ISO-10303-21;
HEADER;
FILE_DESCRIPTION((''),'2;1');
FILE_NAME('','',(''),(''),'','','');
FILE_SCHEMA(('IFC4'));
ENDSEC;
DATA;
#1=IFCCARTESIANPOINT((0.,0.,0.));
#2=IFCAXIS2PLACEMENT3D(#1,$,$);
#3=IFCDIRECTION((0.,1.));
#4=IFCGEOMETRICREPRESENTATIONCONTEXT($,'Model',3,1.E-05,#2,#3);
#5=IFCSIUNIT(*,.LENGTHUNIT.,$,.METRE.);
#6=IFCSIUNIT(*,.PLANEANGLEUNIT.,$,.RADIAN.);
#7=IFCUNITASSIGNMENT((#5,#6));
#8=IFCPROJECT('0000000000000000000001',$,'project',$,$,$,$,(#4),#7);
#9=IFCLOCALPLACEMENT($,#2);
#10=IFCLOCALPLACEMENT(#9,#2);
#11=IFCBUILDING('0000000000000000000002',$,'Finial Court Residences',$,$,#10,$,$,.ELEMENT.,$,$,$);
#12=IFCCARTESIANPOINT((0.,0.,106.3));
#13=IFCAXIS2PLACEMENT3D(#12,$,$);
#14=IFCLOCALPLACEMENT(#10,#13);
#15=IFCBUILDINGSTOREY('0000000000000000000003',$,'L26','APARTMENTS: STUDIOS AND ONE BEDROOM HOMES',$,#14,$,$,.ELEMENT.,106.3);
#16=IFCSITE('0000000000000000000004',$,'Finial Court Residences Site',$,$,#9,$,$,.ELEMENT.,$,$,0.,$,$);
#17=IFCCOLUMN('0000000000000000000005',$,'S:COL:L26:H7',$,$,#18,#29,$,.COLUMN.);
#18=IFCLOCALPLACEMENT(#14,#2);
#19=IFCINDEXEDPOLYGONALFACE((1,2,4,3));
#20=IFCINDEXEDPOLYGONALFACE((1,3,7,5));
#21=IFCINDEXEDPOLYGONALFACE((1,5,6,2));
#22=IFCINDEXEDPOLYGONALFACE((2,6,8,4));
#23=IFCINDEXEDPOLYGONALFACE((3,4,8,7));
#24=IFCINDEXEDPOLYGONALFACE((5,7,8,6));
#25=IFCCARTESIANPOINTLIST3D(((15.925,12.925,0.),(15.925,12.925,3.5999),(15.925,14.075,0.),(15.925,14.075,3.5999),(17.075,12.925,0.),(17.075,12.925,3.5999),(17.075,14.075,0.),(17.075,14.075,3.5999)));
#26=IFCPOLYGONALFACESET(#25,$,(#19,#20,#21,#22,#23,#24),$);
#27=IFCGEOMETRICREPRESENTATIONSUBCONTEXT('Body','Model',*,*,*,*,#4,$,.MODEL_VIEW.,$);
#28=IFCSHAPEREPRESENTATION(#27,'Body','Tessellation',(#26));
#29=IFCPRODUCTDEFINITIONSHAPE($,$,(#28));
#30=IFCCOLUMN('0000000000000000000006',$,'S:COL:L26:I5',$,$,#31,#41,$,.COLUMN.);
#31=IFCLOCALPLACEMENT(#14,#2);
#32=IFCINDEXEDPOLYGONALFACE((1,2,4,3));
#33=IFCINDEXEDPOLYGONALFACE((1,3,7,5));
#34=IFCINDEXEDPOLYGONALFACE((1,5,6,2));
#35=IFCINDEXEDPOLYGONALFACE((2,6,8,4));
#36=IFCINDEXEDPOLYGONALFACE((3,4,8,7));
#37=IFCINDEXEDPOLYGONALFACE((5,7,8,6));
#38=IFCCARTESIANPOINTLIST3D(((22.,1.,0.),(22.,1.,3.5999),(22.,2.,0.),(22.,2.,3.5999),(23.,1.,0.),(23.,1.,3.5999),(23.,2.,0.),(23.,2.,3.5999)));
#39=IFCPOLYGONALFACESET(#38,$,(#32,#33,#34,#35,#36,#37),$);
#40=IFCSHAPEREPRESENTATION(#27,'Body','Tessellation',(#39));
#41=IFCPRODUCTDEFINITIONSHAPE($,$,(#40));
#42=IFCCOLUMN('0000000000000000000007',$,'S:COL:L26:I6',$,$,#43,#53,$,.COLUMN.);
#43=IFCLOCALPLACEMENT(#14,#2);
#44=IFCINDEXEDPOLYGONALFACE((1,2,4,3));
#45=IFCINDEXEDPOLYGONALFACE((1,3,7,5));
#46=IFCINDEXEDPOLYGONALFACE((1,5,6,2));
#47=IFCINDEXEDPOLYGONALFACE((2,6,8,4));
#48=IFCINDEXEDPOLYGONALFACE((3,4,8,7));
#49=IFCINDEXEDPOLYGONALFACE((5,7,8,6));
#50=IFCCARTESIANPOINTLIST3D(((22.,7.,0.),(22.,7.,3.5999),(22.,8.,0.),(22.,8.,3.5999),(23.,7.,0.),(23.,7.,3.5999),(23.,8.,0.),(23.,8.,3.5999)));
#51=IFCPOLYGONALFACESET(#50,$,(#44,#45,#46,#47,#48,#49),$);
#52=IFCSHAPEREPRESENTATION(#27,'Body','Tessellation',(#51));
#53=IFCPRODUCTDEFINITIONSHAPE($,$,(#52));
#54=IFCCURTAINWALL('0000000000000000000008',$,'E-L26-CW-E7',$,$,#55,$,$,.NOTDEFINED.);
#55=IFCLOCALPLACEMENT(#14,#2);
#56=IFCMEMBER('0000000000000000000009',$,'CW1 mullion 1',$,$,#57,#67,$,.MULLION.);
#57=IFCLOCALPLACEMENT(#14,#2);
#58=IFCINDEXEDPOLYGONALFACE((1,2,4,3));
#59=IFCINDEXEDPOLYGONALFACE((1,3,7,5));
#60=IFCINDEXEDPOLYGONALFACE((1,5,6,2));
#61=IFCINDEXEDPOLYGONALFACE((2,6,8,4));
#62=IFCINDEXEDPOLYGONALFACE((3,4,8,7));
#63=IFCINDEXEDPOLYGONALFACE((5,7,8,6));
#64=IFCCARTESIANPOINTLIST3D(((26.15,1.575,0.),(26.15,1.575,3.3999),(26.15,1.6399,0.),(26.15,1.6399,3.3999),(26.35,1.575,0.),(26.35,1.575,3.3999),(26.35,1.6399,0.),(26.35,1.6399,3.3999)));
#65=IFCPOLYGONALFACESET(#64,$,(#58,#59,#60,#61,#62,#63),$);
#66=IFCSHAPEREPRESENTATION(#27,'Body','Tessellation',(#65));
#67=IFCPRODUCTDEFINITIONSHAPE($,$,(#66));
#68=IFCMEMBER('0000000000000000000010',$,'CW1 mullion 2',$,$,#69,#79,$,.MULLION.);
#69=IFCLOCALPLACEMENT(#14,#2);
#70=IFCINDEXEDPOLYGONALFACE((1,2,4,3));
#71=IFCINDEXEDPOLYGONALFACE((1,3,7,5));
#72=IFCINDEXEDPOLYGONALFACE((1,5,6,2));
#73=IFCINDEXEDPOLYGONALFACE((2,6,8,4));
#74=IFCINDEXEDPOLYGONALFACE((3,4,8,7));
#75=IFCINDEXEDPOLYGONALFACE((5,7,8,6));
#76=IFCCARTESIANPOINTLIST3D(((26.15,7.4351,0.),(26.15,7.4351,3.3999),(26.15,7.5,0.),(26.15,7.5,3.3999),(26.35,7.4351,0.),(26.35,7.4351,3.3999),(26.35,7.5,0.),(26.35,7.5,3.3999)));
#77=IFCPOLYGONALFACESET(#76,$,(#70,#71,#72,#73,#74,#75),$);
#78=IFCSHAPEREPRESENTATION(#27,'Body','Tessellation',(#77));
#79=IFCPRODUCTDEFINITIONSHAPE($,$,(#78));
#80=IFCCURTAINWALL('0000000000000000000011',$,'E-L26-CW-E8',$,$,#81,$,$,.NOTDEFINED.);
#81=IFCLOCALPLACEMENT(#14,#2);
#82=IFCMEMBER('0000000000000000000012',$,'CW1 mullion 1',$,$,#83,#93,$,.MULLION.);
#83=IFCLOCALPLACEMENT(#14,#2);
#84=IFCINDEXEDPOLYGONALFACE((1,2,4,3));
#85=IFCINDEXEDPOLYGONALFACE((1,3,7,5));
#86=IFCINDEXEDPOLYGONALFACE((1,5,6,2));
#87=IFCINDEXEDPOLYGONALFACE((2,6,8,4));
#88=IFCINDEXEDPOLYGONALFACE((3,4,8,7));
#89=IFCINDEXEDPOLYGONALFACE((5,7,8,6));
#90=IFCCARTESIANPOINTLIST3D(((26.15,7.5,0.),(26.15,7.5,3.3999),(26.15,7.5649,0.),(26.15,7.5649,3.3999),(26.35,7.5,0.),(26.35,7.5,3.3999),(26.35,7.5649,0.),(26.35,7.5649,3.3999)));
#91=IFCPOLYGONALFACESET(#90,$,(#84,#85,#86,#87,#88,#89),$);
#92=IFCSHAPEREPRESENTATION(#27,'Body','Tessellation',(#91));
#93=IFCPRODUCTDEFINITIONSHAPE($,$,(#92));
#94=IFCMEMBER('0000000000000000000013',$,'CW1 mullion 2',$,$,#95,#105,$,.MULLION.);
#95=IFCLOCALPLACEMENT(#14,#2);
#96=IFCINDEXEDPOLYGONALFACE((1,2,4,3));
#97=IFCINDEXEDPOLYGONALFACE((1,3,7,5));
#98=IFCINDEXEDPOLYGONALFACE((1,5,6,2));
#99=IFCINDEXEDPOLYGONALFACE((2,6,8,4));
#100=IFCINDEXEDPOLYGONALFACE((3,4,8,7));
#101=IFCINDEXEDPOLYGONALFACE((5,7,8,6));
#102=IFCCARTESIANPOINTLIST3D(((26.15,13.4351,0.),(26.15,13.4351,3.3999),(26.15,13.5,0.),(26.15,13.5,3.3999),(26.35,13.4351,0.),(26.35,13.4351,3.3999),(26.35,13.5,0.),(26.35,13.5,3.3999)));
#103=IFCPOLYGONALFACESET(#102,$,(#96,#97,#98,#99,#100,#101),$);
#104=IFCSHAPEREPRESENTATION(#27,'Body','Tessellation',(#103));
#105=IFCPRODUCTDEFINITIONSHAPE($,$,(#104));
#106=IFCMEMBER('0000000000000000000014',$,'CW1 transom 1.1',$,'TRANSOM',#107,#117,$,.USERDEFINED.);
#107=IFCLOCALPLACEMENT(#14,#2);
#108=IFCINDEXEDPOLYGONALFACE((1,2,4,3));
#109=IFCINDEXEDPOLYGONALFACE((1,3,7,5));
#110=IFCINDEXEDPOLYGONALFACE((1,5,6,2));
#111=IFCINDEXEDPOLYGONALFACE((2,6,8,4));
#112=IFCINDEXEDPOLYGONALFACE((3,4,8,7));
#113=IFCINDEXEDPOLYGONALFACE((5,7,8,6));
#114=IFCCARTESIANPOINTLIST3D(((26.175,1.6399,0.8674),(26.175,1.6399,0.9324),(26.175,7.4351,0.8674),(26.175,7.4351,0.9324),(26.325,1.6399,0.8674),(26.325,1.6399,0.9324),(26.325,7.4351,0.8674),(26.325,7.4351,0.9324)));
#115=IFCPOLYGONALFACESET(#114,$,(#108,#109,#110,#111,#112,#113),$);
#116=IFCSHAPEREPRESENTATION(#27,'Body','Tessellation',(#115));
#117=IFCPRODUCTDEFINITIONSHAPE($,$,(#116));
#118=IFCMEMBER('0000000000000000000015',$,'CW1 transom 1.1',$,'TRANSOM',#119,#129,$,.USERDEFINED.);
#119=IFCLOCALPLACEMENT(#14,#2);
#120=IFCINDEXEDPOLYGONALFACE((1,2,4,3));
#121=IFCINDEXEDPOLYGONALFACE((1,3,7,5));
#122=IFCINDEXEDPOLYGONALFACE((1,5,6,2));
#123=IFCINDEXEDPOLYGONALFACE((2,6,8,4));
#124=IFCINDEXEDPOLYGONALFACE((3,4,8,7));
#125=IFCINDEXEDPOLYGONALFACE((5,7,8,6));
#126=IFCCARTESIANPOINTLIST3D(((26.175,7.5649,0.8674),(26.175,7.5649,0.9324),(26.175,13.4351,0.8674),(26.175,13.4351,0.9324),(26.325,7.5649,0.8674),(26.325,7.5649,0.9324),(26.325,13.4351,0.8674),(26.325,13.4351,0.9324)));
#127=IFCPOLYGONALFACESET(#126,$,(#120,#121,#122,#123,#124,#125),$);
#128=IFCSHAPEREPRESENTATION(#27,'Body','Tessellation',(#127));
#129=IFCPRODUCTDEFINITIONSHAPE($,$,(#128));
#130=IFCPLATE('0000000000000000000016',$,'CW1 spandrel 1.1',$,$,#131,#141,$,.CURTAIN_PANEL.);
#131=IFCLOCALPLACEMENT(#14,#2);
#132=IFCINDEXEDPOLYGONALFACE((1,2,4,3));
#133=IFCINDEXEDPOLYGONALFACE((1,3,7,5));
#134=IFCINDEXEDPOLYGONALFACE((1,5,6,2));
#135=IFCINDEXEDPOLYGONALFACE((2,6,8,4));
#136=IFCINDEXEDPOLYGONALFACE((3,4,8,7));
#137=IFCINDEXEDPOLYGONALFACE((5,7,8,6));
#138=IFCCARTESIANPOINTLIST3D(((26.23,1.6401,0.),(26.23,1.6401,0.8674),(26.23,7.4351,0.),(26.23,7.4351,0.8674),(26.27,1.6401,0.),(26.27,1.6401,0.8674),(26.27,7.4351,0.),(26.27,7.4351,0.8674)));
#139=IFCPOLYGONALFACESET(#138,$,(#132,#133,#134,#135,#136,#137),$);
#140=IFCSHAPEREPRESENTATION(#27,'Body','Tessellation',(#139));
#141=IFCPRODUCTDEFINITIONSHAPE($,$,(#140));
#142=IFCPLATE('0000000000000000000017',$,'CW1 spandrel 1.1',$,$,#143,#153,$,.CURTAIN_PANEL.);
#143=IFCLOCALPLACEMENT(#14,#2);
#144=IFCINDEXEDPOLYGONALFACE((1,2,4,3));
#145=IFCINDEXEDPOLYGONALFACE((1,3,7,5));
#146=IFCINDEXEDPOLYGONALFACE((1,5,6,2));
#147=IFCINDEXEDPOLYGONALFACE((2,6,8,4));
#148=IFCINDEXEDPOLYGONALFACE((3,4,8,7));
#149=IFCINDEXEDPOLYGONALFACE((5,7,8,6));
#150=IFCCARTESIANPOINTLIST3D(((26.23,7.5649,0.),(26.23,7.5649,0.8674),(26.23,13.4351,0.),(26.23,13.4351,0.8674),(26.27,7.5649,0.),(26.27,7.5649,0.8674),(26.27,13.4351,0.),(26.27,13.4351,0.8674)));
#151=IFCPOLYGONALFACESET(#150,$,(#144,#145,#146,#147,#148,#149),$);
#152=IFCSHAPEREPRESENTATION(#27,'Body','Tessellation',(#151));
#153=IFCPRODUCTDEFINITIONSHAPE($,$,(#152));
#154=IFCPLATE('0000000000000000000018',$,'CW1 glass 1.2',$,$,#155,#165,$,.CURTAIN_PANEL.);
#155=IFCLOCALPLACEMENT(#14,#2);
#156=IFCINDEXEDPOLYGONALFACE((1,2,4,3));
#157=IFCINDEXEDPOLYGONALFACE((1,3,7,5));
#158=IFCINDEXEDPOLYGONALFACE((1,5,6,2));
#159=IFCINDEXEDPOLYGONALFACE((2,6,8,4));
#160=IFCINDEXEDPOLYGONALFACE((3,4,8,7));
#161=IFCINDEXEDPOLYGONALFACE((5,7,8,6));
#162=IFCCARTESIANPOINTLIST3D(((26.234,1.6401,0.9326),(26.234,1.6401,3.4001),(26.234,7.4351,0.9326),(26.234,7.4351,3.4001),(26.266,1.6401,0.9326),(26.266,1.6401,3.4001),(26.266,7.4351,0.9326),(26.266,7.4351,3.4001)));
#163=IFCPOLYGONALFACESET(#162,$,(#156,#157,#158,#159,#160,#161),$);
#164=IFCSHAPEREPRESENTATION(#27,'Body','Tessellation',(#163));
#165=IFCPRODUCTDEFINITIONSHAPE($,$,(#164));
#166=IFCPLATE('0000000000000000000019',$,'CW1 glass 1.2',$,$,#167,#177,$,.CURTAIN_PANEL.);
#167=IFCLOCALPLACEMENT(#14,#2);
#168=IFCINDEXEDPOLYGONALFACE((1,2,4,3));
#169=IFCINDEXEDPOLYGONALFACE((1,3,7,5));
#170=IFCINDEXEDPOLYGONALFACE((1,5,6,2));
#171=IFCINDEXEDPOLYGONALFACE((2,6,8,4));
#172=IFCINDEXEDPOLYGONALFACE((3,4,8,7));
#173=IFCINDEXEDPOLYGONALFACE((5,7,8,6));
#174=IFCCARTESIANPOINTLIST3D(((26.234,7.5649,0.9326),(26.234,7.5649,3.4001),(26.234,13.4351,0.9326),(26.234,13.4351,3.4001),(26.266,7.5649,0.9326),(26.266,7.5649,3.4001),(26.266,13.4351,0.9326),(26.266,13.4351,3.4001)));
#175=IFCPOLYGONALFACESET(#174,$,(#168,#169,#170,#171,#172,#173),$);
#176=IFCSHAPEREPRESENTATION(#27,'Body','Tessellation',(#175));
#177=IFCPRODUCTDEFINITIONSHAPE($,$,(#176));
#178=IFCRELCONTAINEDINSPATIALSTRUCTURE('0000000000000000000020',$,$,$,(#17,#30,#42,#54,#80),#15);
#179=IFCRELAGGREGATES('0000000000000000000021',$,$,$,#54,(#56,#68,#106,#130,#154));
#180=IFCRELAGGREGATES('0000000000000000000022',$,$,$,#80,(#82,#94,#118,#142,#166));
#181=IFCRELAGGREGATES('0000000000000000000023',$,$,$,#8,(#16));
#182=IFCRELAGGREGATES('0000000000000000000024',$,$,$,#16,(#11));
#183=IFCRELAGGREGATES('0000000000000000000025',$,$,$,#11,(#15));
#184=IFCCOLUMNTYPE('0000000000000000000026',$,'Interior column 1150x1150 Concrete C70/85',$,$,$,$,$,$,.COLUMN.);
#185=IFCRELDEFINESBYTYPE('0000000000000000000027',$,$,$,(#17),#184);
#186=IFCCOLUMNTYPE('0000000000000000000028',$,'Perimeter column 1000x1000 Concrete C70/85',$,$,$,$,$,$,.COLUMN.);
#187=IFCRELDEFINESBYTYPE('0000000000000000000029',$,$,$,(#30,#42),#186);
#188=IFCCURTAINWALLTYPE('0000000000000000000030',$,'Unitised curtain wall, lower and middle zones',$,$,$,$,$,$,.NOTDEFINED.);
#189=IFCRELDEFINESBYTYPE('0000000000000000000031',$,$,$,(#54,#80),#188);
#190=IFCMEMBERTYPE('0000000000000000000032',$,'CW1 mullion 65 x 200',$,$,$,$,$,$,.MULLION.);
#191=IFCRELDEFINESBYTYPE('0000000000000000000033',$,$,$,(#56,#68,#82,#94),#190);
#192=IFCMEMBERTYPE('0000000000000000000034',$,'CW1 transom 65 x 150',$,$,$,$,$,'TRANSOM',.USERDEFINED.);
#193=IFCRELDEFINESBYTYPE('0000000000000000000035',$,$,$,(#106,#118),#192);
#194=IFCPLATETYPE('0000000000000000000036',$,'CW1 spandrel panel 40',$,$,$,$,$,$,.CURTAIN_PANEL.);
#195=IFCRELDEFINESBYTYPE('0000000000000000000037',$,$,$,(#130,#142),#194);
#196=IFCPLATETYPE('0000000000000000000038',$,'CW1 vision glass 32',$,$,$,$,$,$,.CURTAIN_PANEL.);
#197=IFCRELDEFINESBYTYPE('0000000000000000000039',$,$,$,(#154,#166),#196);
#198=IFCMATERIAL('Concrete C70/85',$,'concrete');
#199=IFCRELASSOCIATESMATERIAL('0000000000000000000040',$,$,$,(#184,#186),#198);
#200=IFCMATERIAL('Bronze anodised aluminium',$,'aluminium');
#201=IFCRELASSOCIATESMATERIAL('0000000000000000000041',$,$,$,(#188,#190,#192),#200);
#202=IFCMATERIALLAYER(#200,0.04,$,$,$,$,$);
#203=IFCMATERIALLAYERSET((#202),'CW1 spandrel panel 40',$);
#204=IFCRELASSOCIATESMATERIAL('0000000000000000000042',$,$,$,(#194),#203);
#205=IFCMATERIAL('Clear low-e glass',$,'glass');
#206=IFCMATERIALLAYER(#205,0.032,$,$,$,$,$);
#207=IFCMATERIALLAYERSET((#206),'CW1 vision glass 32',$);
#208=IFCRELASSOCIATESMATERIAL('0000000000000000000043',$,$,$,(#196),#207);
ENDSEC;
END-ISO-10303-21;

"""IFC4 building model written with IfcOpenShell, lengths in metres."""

from ifc_helpers import new_model, si_unit, direction, frame, origin, origin_2d, place, context, subcontext, project, spatial, rectangle, extrude, material, layer, layer_set, material_profile, profile_set, type_object, element, aggregate, save


model = new_model("IFC4")

# Units and contexts
model_context = context("Model", 3, precision=1e-05, world=origin(), true_north=direction((0.0, 1.0)))
body_context = subcontext(model_context, "Body", "Model", "MODEL_VIEW")
ifc_project = project(units=[si_unit("LENGTHUNIT", "METRE"), si_unit("PLANEANGLEUNIT", "RADIAN")], contexts=[model_context])

# Site, building, storey
site_placement = place(None, origin())
site = spatial("IfcSite", under=ifc_project, at=site_placement, Name="Finial Court Residences Site", CompositionType="ELEMENT", RefElevation=0.0)
building_placement = place(site_placement, origin())
building = spatial("IfcBuilding", under=site, at=building_placement, Name="Finial Court Residences", CompositionType="ELEMENT")
storey_placement = place(building_placement, frame((0.0, 0.0, 106.3)))
storey = spatial("IfcBuildingStorey", under=building, at=storey_placement, Name="L26", Description="APARTMENTS: STUDIOS AND ONE BEDROOM HOMES", CompositionType="ELEMENT", Elevation=106.3)

# Columns
ifc_material_1 = material(Name="Concrete C70/85", Category="concrete")
ifc_material_profile_1 = material_profile(ifc_material_1, rectangle(XDim=1.1499, YDim=1.1499, at=origin_2d()), Name="1150x1150")
ifc_profile_set_1 = profile_set([ifc_material_profile_1], Name="Concrete C70/85")
column_type_1 = type_object("IfcColumnType", Name="Interior column 1150x1150 Concrete C70/85", PredefinedType="COLUMN", material=ifc_profile_set_1)
column_placement = place(storey_placement, frame((16.5, 13.5, 0.0), z_axis=(0.0, 0.0, 1.0), x_axis=(1.0, 0.0, 0.0)))
element("IfcColumn", 1, at=column_placement, inside=storey, type_object=column_type_1, Name="S:COL:L26:H7", PredefinedType="COLUMN", context=body_context, shape_type="SweptSolid", body=[
    extrude(rectangle(XDim=1.1499, YDim=1.1499, at=origin_2d()), origin(), (0.0, 0.0, 1.0), 3.5999),
])
ifc_material_profile_2 = material_profile(ifc_material_1, rectangle(XDim=1.0, YDim=1.0, at=origin_2d()), Name="1000x1000")
ifc_profile_set_2 = profile_set([ifc_material_profile_2], Name="Concrete C70/85")
column_type_2 = type_object("IfcColumnType", Name="Perimeter column 1000x1000 Concrete C70/85", PredefinedType="COLUMN", material=ifc_profile_set_2)
for number, where, z_axis, x_axis, name in (
    (2, (22.5, 1.5, 0.0), (0.0, 0.0, 1.0), (1.0, 0.0, 0.0), "S:COL:L26:I5"),
    (3, (22.5, 7.5, 0.0), (0.0, 0.0, 1.0), (1.0, 0.0, 0.0), "S:COL:L26:I6"),
):
    element("IfcColumn", number, at=place(storey_placement, frame(where, z_axis=z_axis, x_axis=x_axis)), inside=storey, type_object=column_type_2, Name=name, PredefinedType="COLUMN", context=body_context, shape_type="SweptSolid", body=[
        extrude(rectangle(XDim=1.0, YDim=1.0, at=origin_2d()), origin(), (0.0, 0.0, 1.0), 3.5999),
    ])

# Curtain walls, members
ifc_material_2 = material(Name="Bronze anodised aluminium", Category="aluminium")
curtain_wall_type = type_object("IfcCurtainWallType", Name="Unitised curtain wall, lower and middle zones", PredefinedType="NOTDEFINED", material=ifc_material_2)
curtain_wall_1_placement = place(storey_placement, origin())
curtain_wall_1 = element("IfcCurtainWall", 4, at=curtain_wall_1_placement, inside=storey, type_object=curtain_wall_type, Name="E-L26-CW-E7", PredefinedType="NOTDEFINED")
ifc_material_profile_3 = material_profile(ifc_material_2, rectangle(XDim=0.2, YDim=0.0649, at=origin_2d()), Name="CW1 mullion 65 x 200")
ifc_profile_set_3 = profile_set([ifc_material_profile_3], Name="Bronze anodised aluminium")
member_type_1 = type_object("IfcMemberType", Name="CW1 mullion 65 x 200", PredefinedType="MULLION", material=ifc_profile_set_3)
member_1_placement = place(storey_placement, frame((26.25, 1.6074, 0.0), z_axis=(0.0, 0.0, 1.0), x_axis=(-1.0, 0.0, 0.0)))
member_1 = element("IfcMember", 5, at=member_1_placement, type_object=member_type_1, Name="CW1 mullion 1", PredefinedType="MULLION", context=body_context, shape_type="SweptSolid", body=[
    extrude(rectangle(XDim=0.2, YDim=0.0649, at=origin_2d()), origin(), (0.0, 0.0, 1.0), 3.3999),
])
member_2_placement = place(storey_placement, frame((26.25, 7.4675, 0.0), z_axis=(0.0, 0.0, 1.0), x_axis=(-1.0, 0.0, 0.0)))
member_2 = element("IfcMember", 6, at=member_2_placement, type_object=member_type_1, Name="CW1 mullion 2", PredefinedType="MULLION", context=body_context, shape_type="SweptSolid", body=[
    extrude(rectangle(XDim=0.2, YDim=0.0649, at=origin_2d()), origin(), (0.0, 0.0, 1.0), 3.3999),
])
curtain_wall_2_placement = place(storey_placement, origin())
curtain_wall_2 = element("IfcCurtainWall", 7, at=curtain_wall_2_placement, inside=storey, type_object=curtain_wall_type, Name="E-L26-CW-E8", PredefinedType="NOTDEFINED")
member_3_placement = place(storey_placement, frame((26.25, 7.5325, 0.0), z_axis=(0.0, 0.0, 1.0), x_axis=(-1.0, 0.0, 0.0)))
member_3 = element("IfcMember", 8, at=member_3_placement, type_object=member_type_1, Name="CW1 mullion 1", PredefinedType="MULLION", context=body_context, shape_type="SweptSolid", body=[
    extrude(rectangle(XDim=0.2, YDim=0.0649, at=origin_2d()), origin(), (0.0, 0.0, 1.0), 3.3999),
])
member_4_placement = place(storey_placement, frame((26.25, 13.4675, 0.0), z_axis=(0.0, 0.0, 1.0), x_axis=(-1.0, 0.0, 0.0)))
member_4 = element("IfcMember", 9, at=member_4_placement, type_object=member_type_1, Name="CW1 mullion 2", PredefinedType="MULLION", context=body_context, shape_type="SweptSolid", body=[
    extrude(rectangle(XDim=0.2, YDim=0.0649, at=origin_2d()), origin(), (0.0, 0.0, 1.0), 3.3999),
])

# Members
ifc_material_profile_4 = material_profile(ifc_material_2, rectangle(XDim=0.1499, YDim=0.0649, at=origin_2d()), Name="CW1 transom 65 x 150")
ifc_profile_set_4 = profile_set([ifc_material_profile_4], Name="Bronze anodised aluminium")
member_type_2 = type_object("IfcMemberType", Name="CW1 transom 65 x 150", ElementType="TRANSOM", PredefinedType="USERDEFINED", material=ifc_profile_set_4)
member_5_placement = place(storey_placement, frame((26.25, 1.6399, 0.8999), z_axis=(0.0, 1.0, 0.0), x_axis=(-1.0, 0.0, 0.0)))
member_5 = element("IfcMember", 10, at=member_5_placement, type_object=member_type_2, Name="CW1 transom 1.1", ObjectType="TRANSOM", PredefinedType="USERDEFINED", context=body_context, shape_type="SweptSolid", body=[
    extrude(rectangle(XDim=0.1499, YDim=0.0649, at=origin_2d()), origin(), (0.0, 0.0, 1.0), 5.7952),
])
member_6_placement = place(storey_placement, frame((26.25, 7.5649, 0.8999), z_axis=(0.0, 1.0, 0.0), x_axis=(-1.0, 0.0, 0.0)))
member_6 = element("IfcMember", 11, at=member_6_placement, type_object=member_type_2, Name="CW1 transom 1.1", ObjectType="TRANSOM", PredefinedType="USERDEFINED", context=body_context, shape_type="SweptSolid", body=[
    extrude(rectangle(XDim=0.1499, YDim=0.0649, at=origin_2d()), origin(), (0.0, 0.0, 1.0), 5.8701),
])

# Plates
ifc_layer_1 = layer(ifc_material_2, 0.04)
ifc_layer_set_1 = layer_set([ifc_layer_1], Name="CW1 spandrel panel 40")
plate_type_1 = type_object("IfcPlateType", Name="CW1 spandrel panel 40", PredefinedType="CURTAIN_PANEL", material=ifc_layer_set_1)
plate_1_placement = place(storey_placement, frame((26.25, 4.5376, 0.0), z_axis=(0.0, 0.0, 1.0), x_axis=(0.0, 1.0, 0.0)))
plate_1 = element("IfcPlate", 12, at=plate_1_placement, type_object=plate_type_1, Name="CW1 spandrel 1.1", PredefinedType="CURTAIN_PANEL", context=body_context, shape_type="SweptSolid", body=[
    extrude(rectangle(XDim=5.7949, YDim=0.04, at=origin_2d()), origin(), (0.0, 0.0, 1.0), 0.8674),
])
plate_2_placement = place(storey_placement, frame((26.25, 10.5, 0.0), z_axis=(0.0, 0.0, 1.0), x_axis=(0.0, 1.0, 0.0)))
plate_2 = element("IfcPlate", 13, at=plate_2_placement, type_object=plate_type_1, Name="CW1 spandrel 1.1", PredefinedType="CURTAIN_PANEL", context=body_context, shape_type="SweptSolid", body=[
    extrude(rectangle(XDim=5.8701, YDim=0.04, at=origin_2d()), origin(), (0.0, 0.0, 1.0), 0.8674),
])
ifc_material_3 = material(Name="Clear low-e glass", Category="glass")
ifc_layer_2 = layer(ifc_material_3, 0.032)
ifc_layer_set_2 = layer_set([ifc_layer_2], Name="CW1 vision glass 32")
plate_type_2 = type_object("IfcPlateType", Name="CW1 vision glass 32", PredefinedType="CURTAIN_PANEL", material=ifc_layer_set_2)
plate_3_placement = place(storey_placement, frame((26.25, 4.5376, 0.9326), z_axis=(0.0, 0.0, 1.0), x_axis=(0.0, 1.0, 0.0)))
plate_3 = element("IfcPlate", 14, at=plate_3_placement, type_object=plate_type_2, Name="CW1 glass 1.2", PredefinedType="CURTAIN_PANEL", context=body_context, shape_type="SweptSolid", body=[
    extrude(rectangle(XDim=5.7949, YDim=0.032, at=origin_2d()), origin(), (0.0, 0.0, 1.0), 2.4675),
])
aggregate(curtain_wall_1, [member_1, member_2, member_5, plate_1, plate_3])
plate_4_placement = place(storey_placement, frame((26.25, 10.5, 0.9326), z_axis=(0.0, 0.0, 1.0), x_axis=(0.0, 1.0, 0.0)))
plate_4 = element("IfcPlate", 15, at=plate_4_placement, type_object=plate_type_2, Name="CW1 glass 1.2", PredefinedType="CURTAIN_PANEL", context=body_context, shape_type="SweptSolid", body=[
    extrude(rectangle(XDim=5.8701, YDim=0.032, at=origin_2d()), origin(), (0.0, 0.0, 1.0), 2.4675),
])
aggregate(curtain_wall_2, [member_3, member_4, member_6, plate_2, plate_4])

save(model, "model.ifc")
